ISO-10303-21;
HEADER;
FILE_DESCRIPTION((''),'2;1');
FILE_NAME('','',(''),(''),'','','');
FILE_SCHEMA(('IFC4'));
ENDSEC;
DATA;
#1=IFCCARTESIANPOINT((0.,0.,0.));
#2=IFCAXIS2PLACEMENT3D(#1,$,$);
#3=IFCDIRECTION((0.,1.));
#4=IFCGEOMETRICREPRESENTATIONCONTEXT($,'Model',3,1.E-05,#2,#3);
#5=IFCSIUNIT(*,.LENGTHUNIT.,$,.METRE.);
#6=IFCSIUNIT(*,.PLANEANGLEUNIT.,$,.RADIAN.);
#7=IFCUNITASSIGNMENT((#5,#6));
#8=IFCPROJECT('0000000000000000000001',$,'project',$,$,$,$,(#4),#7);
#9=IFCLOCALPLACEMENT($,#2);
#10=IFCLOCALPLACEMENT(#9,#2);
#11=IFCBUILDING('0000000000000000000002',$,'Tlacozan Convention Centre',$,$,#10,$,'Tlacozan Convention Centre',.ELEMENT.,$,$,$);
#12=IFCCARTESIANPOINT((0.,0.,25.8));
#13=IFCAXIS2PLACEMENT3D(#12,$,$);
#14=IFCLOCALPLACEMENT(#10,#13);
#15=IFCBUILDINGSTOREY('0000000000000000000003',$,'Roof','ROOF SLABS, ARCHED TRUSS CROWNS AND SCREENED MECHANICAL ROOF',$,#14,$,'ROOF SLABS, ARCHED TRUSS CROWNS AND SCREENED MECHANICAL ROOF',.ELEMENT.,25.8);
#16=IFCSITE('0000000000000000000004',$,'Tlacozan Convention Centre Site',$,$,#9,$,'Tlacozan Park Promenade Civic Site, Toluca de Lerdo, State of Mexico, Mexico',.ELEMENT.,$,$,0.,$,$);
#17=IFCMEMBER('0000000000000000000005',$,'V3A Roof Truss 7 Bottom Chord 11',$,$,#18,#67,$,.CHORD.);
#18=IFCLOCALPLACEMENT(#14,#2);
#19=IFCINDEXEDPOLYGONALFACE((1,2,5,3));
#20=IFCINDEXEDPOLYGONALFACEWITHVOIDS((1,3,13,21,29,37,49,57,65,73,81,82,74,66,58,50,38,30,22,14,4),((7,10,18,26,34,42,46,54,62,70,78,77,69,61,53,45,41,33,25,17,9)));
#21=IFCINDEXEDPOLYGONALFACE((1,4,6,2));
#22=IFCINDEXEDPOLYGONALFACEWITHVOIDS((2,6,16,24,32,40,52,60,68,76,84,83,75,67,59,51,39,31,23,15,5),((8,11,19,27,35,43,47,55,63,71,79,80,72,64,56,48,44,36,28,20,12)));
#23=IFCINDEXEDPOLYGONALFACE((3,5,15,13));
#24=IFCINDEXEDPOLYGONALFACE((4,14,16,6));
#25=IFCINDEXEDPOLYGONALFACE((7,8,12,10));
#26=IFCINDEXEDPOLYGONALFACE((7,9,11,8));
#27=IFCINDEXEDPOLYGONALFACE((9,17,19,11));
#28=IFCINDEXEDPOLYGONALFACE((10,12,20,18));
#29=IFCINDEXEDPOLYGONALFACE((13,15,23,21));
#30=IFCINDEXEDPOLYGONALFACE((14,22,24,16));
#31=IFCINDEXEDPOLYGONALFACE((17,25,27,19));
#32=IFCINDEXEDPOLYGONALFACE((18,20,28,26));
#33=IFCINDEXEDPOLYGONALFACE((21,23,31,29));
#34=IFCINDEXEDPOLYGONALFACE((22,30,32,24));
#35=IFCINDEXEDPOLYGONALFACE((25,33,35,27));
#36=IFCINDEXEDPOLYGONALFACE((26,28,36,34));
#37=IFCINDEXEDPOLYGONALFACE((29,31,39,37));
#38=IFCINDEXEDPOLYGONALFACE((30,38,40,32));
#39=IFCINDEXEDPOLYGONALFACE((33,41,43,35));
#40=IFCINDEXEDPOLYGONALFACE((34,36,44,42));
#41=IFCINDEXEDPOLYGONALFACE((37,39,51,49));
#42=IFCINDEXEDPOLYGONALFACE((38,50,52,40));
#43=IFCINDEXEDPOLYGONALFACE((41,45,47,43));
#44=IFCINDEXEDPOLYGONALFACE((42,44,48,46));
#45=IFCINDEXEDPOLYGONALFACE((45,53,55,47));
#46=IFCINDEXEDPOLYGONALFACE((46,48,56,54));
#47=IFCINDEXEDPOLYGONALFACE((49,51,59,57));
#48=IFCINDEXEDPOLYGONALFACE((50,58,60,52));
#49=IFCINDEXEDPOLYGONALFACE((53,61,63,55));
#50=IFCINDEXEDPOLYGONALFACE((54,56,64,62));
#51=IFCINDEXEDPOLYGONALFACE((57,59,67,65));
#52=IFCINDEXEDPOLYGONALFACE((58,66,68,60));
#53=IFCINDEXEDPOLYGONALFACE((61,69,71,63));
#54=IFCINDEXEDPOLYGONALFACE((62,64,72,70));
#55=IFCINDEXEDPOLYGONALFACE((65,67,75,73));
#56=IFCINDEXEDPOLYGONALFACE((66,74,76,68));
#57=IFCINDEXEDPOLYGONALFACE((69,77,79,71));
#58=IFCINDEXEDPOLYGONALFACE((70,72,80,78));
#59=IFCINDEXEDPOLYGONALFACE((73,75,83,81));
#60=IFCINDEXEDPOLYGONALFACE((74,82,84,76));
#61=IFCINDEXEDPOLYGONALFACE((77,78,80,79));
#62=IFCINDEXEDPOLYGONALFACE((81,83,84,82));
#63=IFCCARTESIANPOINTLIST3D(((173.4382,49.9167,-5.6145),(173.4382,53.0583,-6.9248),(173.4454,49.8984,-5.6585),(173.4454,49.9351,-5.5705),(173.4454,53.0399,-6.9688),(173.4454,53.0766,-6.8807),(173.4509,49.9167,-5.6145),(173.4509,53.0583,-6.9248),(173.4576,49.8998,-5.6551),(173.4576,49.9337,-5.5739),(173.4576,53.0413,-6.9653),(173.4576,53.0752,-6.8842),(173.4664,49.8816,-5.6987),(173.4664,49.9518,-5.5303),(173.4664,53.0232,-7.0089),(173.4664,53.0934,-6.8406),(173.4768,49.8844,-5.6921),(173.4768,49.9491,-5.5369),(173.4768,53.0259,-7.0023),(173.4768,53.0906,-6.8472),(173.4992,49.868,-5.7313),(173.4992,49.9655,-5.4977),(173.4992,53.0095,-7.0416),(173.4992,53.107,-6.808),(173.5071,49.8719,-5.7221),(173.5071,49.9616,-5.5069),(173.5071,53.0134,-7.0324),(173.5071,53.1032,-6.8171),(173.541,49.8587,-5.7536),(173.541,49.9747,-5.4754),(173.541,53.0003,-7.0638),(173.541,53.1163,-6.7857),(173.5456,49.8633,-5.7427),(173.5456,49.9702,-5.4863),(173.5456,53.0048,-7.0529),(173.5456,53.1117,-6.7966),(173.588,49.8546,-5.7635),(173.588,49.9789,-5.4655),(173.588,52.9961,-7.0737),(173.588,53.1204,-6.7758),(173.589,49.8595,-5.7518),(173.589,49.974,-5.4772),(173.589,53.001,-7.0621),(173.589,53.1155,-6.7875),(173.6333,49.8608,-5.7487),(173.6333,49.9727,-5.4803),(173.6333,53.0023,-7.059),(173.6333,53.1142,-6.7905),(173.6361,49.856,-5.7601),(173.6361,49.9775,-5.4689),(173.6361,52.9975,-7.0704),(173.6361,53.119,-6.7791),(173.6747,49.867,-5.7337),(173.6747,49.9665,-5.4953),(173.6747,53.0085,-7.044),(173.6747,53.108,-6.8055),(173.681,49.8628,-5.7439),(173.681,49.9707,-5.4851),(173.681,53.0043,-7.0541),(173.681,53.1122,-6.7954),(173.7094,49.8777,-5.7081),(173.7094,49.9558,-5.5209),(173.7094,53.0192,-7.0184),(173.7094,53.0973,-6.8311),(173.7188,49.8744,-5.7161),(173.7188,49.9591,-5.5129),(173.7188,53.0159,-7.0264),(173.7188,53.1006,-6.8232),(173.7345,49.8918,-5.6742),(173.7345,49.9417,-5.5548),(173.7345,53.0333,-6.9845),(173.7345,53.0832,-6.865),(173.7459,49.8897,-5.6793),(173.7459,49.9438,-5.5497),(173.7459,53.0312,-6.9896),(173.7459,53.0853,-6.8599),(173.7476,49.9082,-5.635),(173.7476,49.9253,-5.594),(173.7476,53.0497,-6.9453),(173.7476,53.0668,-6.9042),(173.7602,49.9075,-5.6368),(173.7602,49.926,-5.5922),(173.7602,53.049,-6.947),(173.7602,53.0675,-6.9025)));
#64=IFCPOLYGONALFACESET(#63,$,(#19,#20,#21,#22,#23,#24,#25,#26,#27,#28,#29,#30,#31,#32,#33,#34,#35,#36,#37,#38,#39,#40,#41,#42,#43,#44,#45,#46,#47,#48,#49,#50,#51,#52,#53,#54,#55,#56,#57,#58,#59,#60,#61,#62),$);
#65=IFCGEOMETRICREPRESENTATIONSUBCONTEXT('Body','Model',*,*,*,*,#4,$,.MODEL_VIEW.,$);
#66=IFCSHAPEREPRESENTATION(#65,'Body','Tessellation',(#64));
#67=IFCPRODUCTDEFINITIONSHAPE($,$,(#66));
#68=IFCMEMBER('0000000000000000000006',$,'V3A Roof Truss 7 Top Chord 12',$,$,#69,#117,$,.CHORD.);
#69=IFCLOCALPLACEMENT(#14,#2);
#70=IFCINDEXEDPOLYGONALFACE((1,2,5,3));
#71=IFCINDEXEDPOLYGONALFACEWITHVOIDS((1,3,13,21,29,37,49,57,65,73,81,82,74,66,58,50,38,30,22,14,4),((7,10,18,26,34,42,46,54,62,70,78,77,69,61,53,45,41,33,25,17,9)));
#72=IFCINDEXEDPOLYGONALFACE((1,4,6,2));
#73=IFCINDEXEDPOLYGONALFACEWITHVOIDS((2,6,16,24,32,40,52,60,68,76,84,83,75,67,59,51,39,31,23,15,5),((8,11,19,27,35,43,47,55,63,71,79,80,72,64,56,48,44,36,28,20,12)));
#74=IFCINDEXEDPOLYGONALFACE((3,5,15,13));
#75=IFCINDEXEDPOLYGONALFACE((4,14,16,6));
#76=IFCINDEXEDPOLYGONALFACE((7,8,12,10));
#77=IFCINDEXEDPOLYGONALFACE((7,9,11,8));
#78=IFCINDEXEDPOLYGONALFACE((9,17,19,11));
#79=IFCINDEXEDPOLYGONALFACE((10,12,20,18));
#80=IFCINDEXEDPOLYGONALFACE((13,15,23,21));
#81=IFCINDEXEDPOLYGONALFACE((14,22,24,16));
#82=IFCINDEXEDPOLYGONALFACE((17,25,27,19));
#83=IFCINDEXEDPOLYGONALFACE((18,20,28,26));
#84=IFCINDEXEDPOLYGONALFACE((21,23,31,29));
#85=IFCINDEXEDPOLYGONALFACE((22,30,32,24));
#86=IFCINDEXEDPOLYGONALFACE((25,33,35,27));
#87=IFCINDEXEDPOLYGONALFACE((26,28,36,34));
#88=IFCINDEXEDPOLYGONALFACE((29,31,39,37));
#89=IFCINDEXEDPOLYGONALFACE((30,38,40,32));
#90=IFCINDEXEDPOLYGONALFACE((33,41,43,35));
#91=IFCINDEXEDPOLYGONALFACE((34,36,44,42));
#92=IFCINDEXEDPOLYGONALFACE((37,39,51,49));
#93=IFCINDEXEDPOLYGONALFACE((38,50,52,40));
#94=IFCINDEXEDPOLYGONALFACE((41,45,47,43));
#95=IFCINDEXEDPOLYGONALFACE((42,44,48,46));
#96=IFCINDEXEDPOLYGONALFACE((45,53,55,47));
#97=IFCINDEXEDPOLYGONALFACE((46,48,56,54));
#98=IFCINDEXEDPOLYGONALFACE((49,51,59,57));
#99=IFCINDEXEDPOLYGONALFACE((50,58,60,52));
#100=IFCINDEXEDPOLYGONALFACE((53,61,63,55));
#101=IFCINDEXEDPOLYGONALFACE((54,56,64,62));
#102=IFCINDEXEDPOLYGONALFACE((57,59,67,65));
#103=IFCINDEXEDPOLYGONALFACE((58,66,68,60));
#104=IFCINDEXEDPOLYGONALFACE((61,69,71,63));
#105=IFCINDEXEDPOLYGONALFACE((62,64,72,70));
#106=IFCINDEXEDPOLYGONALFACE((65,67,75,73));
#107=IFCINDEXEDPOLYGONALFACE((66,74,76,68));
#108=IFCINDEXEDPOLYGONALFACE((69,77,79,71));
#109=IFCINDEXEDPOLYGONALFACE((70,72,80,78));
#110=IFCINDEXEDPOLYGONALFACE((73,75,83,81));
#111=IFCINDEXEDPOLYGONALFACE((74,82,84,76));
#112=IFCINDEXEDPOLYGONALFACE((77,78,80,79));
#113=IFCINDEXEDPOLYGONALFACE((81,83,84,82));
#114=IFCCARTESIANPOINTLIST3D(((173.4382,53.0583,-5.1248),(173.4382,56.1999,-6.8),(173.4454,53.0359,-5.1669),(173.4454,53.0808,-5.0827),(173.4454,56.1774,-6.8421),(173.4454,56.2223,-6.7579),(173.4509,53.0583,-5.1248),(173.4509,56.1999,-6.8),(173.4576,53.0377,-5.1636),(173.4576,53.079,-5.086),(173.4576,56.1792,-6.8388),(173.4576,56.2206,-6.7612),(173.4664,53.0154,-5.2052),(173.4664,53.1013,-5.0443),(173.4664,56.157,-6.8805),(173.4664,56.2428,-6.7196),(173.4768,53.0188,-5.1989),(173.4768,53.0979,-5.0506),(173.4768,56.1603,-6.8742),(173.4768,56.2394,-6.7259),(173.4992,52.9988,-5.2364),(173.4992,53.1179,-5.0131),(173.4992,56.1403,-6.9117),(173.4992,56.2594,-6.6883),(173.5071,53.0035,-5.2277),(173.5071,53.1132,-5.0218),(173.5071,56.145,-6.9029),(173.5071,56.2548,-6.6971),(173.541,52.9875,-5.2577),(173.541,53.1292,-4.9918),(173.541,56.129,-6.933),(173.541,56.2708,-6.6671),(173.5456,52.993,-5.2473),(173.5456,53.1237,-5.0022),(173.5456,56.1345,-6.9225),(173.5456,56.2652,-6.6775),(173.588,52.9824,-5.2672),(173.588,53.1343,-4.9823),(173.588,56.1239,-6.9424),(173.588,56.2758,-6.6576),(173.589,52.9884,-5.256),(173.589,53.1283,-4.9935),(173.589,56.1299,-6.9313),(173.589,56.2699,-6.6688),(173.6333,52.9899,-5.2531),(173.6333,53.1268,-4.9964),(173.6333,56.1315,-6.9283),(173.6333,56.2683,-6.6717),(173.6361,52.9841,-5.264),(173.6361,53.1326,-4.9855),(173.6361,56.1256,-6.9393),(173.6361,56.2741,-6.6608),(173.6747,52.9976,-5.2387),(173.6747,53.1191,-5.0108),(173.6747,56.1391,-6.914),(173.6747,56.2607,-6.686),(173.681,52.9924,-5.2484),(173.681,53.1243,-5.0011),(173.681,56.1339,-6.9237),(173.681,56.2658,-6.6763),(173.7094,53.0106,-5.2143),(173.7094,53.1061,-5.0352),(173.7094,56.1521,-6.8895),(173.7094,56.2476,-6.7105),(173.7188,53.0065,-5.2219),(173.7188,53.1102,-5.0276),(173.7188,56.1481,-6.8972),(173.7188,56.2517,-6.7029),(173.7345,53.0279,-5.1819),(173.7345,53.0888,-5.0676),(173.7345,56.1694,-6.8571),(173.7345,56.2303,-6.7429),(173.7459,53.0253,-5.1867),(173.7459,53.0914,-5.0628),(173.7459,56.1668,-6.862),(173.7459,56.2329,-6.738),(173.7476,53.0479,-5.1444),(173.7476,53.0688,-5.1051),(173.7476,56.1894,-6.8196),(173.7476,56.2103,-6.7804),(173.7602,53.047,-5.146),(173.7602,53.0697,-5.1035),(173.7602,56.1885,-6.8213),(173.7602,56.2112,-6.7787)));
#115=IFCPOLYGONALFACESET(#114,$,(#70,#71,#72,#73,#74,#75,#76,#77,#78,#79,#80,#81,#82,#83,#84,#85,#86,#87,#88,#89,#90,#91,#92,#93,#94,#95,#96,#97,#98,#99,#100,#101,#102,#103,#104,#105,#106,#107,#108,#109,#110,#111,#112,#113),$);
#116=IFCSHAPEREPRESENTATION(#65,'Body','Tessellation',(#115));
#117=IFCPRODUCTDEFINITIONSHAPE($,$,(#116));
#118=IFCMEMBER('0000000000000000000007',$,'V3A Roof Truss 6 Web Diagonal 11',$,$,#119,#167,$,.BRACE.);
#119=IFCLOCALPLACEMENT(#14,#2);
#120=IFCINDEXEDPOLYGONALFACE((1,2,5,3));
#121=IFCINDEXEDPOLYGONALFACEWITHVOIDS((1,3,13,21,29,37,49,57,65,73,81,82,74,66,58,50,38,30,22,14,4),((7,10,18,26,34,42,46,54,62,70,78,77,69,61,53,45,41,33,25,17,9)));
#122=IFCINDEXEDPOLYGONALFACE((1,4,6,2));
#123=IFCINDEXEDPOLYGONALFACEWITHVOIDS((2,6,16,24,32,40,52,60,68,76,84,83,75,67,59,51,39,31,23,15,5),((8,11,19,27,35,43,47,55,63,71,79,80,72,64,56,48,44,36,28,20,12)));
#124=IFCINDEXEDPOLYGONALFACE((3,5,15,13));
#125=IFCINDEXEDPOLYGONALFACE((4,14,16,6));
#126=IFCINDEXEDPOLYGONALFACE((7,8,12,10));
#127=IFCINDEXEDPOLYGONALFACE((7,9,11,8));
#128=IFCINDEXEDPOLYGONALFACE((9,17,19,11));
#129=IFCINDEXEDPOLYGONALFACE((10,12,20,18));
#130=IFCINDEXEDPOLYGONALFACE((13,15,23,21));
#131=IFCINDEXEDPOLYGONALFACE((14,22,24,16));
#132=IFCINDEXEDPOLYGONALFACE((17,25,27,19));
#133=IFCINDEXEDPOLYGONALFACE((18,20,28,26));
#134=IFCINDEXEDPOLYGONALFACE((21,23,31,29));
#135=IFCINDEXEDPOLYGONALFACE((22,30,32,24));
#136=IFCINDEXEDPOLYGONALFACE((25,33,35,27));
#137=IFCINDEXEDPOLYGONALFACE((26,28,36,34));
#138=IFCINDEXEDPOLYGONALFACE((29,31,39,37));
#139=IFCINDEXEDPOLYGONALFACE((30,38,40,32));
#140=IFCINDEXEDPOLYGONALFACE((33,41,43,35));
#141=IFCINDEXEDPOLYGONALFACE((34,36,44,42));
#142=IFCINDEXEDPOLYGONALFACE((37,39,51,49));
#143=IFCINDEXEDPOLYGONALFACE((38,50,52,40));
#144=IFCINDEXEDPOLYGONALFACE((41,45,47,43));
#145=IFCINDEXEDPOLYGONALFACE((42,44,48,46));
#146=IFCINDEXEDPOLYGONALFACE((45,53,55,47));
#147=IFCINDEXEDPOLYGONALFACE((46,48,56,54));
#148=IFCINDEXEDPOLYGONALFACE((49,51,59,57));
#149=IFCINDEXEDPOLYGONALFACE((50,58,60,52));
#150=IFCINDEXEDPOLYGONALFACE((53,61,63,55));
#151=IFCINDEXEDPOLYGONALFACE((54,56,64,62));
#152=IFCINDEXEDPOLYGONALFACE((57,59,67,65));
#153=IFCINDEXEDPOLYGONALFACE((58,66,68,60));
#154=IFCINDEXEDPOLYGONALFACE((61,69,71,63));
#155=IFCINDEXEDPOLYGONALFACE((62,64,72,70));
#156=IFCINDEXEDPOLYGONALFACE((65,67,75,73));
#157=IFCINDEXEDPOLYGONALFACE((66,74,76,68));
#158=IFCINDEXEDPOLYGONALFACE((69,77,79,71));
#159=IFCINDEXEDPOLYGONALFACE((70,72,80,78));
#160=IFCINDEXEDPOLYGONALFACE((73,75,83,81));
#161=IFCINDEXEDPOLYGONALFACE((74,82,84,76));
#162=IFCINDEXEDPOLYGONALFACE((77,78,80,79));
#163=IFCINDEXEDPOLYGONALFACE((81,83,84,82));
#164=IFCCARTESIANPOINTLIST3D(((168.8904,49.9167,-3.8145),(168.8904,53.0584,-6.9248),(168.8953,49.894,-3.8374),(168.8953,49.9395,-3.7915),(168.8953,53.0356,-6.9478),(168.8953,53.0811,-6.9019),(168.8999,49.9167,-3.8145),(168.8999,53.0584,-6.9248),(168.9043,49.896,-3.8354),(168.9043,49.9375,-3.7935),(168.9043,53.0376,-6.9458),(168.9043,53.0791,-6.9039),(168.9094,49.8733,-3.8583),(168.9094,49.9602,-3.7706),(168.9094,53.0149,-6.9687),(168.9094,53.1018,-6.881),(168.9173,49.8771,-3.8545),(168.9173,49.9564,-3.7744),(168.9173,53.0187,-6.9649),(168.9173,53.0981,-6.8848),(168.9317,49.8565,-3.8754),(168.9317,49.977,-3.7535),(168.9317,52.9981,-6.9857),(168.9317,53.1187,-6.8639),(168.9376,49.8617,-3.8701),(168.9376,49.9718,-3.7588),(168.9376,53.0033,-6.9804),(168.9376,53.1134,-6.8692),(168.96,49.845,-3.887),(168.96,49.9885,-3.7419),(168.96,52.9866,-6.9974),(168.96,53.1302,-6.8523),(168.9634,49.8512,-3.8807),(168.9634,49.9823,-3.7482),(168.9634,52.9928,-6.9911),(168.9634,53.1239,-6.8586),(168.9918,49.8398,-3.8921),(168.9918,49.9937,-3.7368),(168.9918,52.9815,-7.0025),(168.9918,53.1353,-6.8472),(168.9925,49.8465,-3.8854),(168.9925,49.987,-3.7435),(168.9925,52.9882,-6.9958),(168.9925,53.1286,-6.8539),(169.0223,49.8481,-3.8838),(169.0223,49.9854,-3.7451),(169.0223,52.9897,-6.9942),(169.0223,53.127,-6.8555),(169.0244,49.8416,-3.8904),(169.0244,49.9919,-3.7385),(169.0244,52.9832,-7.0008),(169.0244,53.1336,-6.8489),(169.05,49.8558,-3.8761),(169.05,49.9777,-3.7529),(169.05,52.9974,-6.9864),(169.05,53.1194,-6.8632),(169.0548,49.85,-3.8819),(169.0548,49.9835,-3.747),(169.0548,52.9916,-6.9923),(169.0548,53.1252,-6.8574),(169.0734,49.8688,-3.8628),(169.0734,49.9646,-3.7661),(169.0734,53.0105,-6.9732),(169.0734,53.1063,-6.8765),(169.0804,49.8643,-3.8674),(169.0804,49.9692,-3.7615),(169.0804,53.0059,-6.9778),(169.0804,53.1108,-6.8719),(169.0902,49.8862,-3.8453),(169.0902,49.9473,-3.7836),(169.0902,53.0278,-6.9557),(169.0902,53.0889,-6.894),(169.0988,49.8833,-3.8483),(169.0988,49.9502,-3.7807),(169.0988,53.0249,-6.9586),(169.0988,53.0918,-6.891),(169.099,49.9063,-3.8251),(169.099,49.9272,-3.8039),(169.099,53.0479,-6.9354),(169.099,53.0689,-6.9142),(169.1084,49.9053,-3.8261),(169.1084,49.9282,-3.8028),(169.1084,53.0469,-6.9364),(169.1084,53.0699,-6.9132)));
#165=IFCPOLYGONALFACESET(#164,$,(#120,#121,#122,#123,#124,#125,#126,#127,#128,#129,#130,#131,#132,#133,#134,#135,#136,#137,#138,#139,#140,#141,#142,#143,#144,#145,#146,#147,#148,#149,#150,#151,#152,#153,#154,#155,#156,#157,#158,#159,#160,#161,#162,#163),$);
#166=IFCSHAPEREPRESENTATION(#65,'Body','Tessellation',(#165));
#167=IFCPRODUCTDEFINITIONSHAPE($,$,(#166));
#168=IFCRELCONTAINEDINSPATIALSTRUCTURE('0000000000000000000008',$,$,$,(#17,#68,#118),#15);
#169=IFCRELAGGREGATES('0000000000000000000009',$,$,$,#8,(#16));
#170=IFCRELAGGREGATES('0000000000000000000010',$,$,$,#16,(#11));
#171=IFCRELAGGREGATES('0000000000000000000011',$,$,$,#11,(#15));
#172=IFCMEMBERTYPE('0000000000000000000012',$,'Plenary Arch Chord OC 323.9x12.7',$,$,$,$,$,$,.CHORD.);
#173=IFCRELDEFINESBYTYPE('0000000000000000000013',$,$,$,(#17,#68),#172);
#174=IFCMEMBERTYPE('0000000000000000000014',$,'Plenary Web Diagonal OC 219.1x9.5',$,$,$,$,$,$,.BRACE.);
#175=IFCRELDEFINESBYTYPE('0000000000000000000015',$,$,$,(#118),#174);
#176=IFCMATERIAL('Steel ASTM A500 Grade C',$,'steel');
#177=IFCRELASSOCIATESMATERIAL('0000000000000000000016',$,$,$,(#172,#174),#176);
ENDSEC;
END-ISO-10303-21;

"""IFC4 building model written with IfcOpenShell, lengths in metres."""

from ifc_helpers import new_model, si_unit, direction, frame, origin, origin_2d, place, context, subcontext, project, spatial, hollow_circle, extrude, material, material_profile, profile_set, type_object, element, save


model = new_model("IFC4")

# Units and contexts
model_context = context("Model", 3, precision=1e-05, world=origin(), true_north=direction((0.0, 1.0)))
body_context = subcontext(model_context, "Body", "Model", "MODEL_VIEW")
ifc_project = project(units=[si_unit("LENGTHUNIT", "METRE"), si_unit("PLANEANGLEUNIT", "RADIAN")], contexts=[model_context])

# Site, building, storey
site_placement = place(None, origin())
site = spatial("IfcSite", under=ifc_project, at=site_placement, Name="Tlacozan Convention Centre Site", LongName="Tlacozan Park Promenade Civic Site, Toluca de Lerdo, State of Mexico, Mexico", CompositionType="ELEMENT", RefElevation=0.0)
building_placement = place(site_placement, origin())
building = spatial("IfcBuilding", under=site, at=building_placement, Name="Tlacozan Convention Centre", LongName="Tlacozan Convention Centre", CompositionType="ELEMENT")
storey_placement = place(building_placement, frame((0.0, 0.0, 25.8)))
storey = spatial("IfcBuildingStorey", under=building, at=storey_placement, Name="Roof", Description="ROOF SLABS, ARCHED TRUSS CROWNS AND SCREENED MECHANICAL ROOF", LongName="ROOF SLABS, ARCHED TRUSS CROWNS AND SCREENED MECHANICAL ROOF", CompositionType="ELEMENT", Elevation=25.8)

# Members
ifc_material_1 = material(Name="Steel ASTM A500 Grade C", Category="steel")
ifc_material_profile_1 = material_profile(ifc_material_1, hollow_circle(Radius=0.1619, WallThickness=0.0127, at=origin_2d()), Name="OC 323.9x12.7")
ifc_profile_set_1 = profile_set([ifc_material_profile_1], Name="Steel ASTM A500 Grade C")
member_type_1 = type_object("IfcMemberType", Name="Plenary Arch Chord OC 323.9x12.7", PredefinedType="CHORD", material=ifc_profile_set_1)
for number, where, z_axis, x_axis, name in (
    (1, (173.6001, 49.9167, -5.6145), (0.0, 0.922941, -0.384941), (-1.0, 0.0, 0.0), "V3A Roof Truss 7 Bottom Chord 11"),
):
    element("IfcMember", number, at=place(storey_placement, frame(where, z_axis=z_axis, x_axis=x_axis)), inside=storey, type_object=member_type_1, Name=name, PredefinedType="CHORD", context=body_context, shape_type="SweptSolid", body=[
        extrude(hollow_circle(Radius=0.1619, WallThickness=0.0127, at=origin_2d()), origin(), (0.0, 0.0, 1.0), 3.4038),
    ])
member_1_placement = place(storey_placement, frame((173.6001, 53.0583, -5.1248), z_axis=(0.0, 0.88238, -0.470538), x_axis=(-1.0, 0.0, 0.0)))
element("IfcMember", 2, at=member_1_placement, inside=storey, type_object=member_type_1, Name="V3A Roof Truss 7 Top Chord 12", PredefinedType="CHORD", context=body_context, shape_type="SweptSolid", body=[
    extrude(hollow_circle(Radius=0.1619, WallThickness=0.0127, at=origin_2d()), origin(), (0.0, 0.0, 1.0), 3.5603),
])
ifc_material_profile_2 = material_profile(ifc_material_1, hollow_circle(Radius=0.1096, WallThickness=0.0095, at=origin_2d()), Name="OC 219.1x9.5")
ifc_profile_set_2 = profile_set([ifc_material_profile_2], Name="Steel ASTM A500 Grade C")
member_type_2 = type_object("IfcMemberType", Name="Plenary Web Diagonal OC 219.1x9.5", PredefinedType="BRACE", material=ifc_profile_set_2)
member_2_placement = place(storey_placement, frame((169.0, 49.9167, -3.8145), z_axis=(0.0, 0.710632, -0.703564), x_axis=(-1.0, 0.0, 0.0)))
element("IfcMember", 3, at=member_2_placement, inside=storey, type_object=member_type_2, Name="V3A Roof Truss 6 Web Diagonal 11", PredefinedType="BRACE", context=body_context, shape_type="SweptSolid", body=[
    extrude(hollow_circle(Radius=0.1096, WallThickness=0.0095, at=origin_2d()), origin(), (0.0, 0.0, 1.0), 4.4209),
])

save(model, "model.ifc")
